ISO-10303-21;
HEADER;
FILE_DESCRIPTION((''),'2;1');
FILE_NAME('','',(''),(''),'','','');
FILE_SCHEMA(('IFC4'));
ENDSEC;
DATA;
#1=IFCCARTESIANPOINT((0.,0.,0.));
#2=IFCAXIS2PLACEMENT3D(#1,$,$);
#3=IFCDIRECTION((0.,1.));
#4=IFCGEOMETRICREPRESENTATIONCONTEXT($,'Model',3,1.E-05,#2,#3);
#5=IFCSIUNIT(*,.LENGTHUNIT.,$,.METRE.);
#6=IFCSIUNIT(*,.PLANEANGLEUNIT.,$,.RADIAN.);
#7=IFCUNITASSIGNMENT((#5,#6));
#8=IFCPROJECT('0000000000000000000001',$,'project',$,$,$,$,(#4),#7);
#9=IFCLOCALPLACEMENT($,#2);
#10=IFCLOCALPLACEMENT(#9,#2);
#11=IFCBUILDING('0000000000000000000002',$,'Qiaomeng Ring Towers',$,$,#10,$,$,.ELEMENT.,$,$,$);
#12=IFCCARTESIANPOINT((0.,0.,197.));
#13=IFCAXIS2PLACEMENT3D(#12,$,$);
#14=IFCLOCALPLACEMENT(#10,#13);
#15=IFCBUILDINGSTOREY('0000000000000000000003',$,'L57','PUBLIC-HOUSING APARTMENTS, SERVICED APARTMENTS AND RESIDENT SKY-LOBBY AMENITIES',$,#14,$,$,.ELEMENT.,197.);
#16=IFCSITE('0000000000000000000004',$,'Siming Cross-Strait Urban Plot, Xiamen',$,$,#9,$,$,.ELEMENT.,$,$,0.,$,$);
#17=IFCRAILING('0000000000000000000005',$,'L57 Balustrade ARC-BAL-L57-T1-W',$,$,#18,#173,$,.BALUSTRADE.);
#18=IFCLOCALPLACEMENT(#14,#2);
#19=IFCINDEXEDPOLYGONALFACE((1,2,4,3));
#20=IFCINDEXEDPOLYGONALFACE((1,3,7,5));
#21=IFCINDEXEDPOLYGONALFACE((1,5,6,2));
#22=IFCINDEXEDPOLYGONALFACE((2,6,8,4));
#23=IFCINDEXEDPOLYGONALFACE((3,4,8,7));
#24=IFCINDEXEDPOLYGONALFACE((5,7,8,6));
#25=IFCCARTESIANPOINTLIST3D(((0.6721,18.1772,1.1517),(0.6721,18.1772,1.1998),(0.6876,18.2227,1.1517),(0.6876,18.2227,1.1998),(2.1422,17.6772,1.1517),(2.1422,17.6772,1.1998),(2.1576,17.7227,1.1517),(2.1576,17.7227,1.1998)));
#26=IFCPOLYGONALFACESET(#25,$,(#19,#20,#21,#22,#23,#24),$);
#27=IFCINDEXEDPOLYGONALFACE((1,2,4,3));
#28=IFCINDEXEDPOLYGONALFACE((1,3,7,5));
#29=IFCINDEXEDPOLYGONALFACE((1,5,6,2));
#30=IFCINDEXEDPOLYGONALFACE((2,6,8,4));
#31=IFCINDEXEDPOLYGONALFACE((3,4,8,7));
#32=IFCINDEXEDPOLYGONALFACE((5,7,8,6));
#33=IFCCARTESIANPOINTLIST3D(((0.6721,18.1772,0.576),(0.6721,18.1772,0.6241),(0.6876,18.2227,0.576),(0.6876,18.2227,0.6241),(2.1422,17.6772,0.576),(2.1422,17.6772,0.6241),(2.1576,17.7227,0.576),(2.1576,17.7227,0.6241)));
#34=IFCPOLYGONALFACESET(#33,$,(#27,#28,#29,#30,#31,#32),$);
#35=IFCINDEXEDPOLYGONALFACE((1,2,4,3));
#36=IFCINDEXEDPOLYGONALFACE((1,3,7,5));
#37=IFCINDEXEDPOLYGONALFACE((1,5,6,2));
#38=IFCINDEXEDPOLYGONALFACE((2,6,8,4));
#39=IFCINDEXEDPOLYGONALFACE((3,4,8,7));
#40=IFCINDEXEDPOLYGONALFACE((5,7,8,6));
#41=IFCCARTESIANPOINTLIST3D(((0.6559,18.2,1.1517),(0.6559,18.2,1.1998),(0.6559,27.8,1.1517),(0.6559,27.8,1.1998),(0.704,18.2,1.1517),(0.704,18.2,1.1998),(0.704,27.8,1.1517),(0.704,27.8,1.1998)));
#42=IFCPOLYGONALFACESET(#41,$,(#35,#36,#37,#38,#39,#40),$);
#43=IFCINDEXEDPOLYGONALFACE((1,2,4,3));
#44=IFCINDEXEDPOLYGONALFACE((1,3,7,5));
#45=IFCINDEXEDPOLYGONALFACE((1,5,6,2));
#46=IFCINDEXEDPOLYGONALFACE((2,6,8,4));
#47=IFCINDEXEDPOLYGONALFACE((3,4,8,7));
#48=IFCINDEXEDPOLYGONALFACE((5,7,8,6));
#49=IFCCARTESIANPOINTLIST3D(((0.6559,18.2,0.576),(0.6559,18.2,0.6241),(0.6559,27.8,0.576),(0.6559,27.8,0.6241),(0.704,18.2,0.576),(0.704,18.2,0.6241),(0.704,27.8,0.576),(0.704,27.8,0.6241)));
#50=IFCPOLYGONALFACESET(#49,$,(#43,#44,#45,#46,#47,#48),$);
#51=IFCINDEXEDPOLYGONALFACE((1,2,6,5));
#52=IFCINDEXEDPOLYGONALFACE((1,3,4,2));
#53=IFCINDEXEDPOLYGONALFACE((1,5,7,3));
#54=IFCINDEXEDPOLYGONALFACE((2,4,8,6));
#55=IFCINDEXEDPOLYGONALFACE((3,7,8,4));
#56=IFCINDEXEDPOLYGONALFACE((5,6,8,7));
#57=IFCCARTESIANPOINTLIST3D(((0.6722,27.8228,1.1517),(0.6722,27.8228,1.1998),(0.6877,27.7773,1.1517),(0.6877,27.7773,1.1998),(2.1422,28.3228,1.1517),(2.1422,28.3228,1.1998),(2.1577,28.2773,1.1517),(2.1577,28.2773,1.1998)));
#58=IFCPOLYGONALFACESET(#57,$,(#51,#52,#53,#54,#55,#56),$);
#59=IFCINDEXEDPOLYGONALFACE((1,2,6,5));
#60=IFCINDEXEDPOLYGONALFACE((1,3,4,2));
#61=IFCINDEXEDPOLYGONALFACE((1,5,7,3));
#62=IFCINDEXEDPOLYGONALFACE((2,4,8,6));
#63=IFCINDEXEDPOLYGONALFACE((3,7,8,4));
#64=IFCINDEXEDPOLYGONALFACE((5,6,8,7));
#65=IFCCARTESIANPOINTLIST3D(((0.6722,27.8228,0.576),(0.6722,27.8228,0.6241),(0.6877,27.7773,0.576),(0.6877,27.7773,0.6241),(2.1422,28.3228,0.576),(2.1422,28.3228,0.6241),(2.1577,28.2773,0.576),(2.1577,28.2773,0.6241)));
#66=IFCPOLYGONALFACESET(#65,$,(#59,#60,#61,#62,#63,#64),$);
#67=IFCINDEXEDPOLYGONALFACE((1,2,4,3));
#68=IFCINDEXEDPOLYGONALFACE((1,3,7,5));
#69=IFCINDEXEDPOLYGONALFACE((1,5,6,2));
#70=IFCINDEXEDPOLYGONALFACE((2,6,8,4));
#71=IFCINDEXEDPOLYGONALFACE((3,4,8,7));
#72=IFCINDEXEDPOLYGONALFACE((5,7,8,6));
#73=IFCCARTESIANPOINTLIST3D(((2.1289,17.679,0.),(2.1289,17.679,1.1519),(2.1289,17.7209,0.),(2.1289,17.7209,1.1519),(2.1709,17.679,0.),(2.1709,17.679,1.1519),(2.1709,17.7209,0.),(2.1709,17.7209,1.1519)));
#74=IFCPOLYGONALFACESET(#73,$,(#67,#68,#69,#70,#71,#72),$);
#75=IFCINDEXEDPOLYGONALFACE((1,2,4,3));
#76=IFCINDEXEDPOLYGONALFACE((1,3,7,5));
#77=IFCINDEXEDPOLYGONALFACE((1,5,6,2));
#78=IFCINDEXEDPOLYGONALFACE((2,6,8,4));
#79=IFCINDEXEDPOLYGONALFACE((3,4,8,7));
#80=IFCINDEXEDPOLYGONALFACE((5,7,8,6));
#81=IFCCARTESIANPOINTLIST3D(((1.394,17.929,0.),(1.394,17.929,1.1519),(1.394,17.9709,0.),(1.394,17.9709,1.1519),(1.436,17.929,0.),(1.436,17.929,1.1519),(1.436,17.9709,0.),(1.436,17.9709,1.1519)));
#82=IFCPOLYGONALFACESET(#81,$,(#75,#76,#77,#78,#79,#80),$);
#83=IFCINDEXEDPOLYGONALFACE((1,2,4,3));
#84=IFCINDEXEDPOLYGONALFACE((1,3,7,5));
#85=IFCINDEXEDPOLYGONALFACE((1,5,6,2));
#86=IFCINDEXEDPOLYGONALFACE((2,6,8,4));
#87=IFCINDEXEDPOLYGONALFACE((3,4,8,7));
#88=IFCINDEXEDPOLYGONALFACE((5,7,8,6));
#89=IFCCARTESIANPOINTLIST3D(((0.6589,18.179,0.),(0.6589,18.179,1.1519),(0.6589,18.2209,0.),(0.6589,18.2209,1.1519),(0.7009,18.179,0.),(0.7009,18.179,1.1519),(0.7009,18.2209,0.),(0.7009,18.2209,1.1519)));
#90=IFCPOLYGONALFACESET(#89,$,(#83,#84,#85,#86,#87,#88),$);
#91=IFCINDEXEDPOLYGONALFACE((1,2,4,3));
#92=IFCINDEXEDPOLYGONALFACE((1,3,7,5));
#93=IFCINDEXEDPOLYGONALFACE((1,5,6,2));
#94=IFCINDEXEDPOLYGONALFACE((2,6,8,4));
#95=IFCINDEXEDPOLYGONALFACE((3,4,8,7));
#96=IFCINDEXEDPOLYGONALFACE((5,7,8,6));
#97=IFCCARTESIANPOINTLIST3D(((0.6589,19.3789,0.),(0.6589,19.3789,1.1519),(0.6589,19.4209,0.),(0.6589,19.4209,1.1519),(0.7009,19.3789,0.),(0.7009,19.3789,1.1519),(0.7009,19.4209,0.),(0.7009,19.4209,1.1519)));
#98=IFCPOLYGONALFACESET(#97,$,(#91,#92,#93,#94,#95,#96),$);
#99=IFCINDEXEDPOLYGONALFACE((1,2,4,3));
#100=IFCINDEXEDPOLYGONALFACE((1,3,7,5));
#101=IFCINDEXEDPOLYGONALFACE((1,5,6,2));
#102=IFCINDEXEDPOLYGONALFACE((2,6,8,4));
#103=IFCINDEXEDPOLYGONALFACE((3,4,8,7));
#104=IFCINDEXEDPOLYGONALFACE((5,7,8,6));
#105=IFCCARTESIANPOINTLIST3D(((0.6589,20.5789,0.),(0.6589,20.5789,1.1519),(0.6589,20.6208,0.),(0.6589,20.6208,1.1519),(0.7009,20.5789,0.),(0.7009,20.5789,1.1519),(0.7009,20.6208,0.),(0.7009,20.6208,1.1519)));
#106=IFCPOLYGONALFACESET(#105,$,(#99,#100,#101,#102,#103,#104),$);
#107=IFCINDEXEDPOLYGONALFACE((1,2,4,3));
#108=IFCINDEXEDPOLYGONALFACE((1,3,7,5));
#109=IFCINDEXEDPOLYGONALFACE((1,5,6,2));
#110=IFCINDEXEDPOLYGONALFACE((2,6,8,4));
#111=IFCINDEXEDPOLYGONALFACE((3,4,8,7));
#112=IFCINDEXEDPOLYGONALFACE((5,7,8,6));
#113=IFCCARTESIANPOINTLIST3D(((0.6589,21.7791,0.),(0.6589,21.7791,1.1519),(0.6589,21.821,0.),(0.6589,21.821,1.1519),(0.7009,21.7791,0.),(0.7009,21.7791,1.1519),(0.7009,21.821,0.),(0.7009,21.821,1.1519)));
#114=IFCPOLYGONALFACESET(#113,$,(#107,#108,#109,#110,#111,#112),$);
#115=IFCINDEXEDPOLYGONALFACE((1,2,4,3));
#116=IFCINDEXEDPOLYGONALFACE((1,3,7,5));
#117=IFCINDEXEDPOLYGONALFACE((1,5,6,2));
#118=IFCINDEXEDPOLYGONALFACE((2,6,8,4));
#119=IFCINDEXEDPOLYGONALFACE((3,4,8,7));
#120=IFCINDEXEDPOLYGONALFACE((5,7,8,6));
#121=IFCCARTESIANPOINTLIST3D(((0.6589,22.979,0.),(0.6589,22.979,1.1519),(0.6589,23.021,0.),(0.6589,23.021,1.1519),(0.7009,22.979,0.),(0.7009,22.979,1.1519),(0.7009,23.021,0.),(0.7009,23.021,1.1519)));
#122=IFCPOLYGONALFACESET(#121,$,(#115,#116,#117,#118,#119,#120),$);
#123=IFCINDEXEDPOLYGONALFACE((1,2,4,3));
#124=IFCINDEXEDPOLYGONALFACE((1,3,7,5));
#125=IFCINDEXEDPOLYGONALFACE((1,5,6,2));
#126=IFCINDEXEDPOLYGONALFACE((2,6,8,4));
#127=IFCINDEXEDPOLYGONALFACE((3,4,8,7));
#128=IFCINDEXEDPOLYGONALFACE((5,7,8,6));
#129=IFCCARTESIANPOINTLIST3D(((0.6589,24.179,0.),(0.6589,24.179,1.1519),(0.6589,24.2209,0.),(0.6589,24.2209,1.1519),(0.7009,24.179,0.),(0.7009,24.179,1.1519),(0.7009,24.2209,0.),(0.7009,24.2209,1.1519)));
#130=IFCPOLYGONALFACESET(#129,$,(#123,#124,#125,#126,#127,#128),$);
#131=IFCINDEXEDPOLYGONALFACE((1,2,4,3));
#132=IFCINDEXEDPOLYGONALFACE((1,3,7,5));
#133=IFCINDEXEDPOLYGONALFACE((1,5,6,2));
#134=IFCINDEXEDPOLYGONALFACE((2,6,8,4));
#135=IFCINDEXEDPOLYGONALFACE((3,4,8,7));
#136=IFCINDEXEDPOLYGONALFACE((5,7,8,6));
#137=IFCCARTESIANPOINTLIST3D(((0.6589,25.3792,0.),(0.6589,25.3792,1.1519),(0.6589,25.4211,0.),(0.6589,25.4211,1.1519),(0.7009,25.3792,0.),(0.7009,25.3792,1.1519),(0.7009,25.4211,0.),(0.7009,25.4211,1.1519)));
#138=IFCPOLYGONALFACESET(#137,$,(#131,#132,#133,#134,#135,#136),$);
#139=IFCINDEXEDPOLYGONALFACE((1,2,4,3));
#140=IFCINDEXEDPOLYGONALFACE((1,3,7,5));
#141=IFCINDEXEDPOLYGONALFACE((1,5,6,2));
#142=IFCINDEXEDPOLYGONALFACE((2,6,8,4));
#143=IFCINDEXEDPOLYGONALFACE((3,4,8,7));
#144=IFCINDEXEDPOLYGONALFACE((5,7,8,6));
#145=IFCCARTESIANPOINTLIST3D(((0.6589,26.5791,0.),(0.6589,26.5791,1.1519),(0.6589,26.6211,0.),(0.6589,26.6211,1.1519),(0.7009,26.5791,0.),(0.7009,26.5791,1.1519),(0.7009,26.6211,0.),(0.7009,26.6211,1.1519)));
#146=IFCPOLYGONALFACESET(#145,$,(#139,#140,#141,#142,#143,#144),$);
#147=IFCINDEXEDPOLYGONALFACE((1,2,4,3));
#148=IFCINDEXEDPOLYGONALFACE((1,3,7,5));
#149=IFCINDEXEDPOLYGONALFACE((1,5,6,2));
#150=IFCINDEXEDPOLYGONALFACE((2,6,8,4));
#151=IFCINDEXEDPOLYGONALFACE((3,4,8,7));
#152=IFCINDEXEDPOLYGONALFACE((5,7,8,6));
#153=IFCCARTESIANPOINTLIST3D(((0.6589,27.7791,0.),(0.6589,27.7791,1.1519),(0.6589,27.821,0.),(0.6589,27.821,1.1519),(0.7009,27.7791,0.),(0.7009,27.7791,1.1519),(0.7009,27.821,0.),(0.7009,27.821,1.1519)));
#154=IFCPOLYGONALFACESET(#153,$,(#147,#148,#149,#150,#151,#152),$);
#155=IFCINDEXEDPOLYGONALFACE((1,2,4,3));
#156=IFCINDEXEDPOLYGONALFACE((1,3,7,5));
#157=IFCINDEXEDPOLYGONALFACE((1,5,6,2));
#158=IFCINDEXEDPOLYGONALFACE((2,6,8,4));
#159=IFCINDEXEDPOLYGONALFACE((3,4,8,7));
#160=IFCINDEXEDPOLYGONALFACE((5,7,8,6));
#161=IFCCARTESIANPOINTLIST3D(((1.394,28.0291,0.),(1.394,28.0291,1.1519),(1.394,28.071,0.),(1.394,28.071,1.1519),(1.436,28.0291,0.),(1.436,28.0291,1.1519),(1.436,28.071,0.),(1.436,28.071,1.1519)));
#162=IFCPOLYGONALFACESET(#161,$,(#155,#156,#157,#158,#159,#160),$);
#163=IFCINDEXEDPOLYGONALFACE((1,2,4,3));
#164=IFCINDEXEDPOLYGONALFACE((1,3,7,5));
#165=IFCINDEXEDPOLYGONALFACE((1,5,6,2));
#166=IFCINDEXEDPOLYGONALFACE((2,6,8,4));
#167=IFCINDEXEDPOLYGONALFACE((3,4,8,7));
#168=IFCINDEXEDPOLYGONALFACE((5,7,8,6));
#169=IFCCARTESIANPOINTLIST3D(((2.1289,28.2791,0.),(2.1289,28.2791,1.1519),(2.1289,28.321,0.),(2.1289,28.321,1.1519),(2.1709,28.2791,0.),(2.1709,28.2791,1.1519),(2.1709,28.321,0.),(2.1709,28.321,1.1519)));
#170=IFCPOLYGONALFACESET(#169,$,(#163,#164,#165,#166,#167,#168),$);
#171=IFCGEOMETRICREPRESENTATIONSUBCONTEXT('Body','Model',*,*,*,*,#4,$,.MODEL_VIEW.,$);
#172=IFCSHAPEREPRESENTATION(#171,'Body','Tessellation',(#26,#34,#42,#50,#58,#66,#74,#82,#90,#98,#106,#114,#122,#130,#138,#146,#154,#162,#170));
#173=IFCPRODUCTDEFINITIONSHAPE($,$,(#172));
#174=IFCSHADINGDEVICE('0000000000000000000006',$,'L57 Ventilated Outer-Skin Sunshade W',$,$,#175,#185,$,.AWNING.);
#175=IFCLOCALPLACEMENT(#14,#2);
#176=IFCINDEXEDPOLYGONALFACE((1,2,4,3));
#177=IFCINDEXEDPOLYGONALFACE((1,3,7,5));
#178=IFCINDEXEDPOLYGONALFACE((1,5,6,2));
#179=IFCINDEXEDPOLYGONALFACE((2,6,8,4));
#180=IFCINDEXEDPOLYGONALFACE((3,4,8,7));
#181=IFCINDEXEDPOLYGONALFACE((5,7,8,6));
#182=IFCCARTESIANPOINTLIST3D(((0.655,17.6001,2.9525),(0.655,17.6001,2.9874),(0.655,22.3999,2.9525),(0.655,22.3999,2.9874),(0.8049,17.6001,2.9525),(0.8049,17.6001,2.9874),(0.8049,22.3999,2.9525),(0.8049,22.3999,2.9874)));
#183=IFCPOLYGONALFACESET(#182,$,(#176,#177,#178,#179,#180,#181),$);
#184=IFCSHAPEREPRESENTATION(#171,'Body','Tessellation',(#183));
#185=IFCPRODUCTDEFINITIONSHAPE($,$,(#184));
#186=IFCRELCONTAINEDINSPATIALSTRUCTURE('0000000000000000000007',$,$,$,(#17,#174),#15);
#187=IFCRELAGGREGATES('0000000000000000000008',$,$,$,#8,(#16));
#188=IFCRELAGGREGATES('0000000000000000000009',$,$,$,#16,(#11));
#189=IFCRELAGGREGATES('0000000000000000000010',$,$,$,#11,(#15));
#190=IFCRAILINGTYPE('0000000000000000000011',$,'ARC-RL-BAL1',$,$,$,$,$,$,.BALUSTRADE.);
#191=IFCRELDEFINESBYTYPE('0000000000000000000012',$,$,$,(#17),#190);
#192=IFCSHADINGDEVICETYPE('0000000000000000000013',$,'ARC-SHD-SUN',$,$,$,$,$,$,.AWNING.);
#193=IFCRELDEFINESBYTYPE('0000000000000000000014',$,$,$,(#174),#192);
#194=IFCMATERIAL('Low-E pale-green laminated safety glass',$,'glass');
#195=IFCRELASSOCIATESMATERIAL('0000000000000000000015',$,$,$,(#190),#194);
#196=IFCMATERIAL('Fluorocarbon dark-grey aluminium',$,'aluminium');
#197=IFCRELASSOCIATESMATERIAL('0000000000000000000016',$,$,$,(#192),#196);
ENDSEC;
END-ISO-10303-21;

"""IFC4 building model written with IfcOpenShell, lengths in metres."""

from ifc_helpers import new_model, si_unit, direction, frame, origin, origin_2d, place, context, subcontext, project, spatial, rectangle, extrude, source, transform, mapped, material, material_profile, profile_set, type_object, element, save


model = new_model("IFC4")

# Units and contexts
model_context = context("Model", 3, precision=1e-05, world=origin(), true_north=direction((0.0, 1.0)))
body_context = subcontext(model_context, "Body", "Model", "MODEL_VIEW")
ifc_project = project(units=[si_unit("LENGTHUNIT", "METRE"), si_unit("PLANEANGLEUNIT", "RADIAN")], contexts=[model_context])

# Site, building, storey
site_placement = place(None, origin())
site = spatial("IfcSite", under=ifc_project, at=site_placement, Name="Siming Cross-Strait Urban Plot, Xiamen", CompositionType="ELEMENT", RefElevation=0.0)
building_placement = place(site_placement, origin())
building = spatial("IfcBuilding", under=site, at=building_placement, Name="Qiaomeng Ring Towers", CompositionType="ELEMENT")
storey_placement = place(building_placement, frame((0.0, 0.0, 197.0)))
storey = spatial("IfcBuildingStorey", under=building, at=storey_placement, Name="L57", Description="PUBLIC-HOUSING APARTMENTS, SERVICED APARTMENTS AND RESIDENT SKY-LOBBY AMENITIES", CompositionType="ELEMENT", Elevation=197.0)

# Railing
ifc_material_1 = material(Name="Low-E pale-green laminated safety glass", Category="glass")
railing_type = type_object("IfcRailingType", Name="ARC-RL-BAL1", PredefinedType="BALUSTRADE", material=ifc_material_1)
railing_placement = place(storey_placement, frame((2.1499, 17.7, 0.0)))
element("IfcRailing", 1, at=railing_placement, inside=storey, type_object=railing_type, Name="L57 Balustrade ARC-BAL-L57-T1-W", PredefinedType="BALUSTRADE", context=body_context, shape_type="SweptSolid", body=[
    extrude(rectangle(XDim=0.0481, YDim=0.0481, at=origin_2d()), frame((0.0, 0.0, 1.1758), z_axis=(-0.946732, 0.322024, 0.0), x_axis=(-0.322024, -0.946732, 0.0)), (0.0, 0.0, 1.0), 1.5527),
    extrude(rectangle(XDim=0.0481, YDim=0.0481, at=origin_2d()), frame((0.0, 0.0, 0.6001), z_axis=(-0.946732, 0.322024, 0.0), x_axis=(-0.322024, -0.946732, 0.0)), (0.0, 0.0, 1.0), 1.5527),
    extrude(rectangle(XDim=0.0481, YDim=0.0481, at=origin_2d()), frame((-1.47, 0.5, 1.1758), z_axis=(0.0, 1.0, 0.0), x_axis=(-1.0, 0.0, 0.0)), (0.0, 0.0, 1.0), 9.6001),
    extrude(rectangle(XDim=0.0481, YDim=0.0481, at=origin_2d()), frame((-1.47, 0.5, 0.6001), z_axis=(0.0, 1.0, 0.0), x_axis=(-1.0, 0.0, 0.0)), (0.0, 0.0, 1.0), 9.6001),
    extrude(rectangle(XDim=0.0481, YDim=0.0481, at=origin_2d()), frame((-1.47, 10.1001, 1.1758), z_axis=(0.946732, 0.322024, 0.0), x_axis=(-0.322024, 0.946732, 0.0)), (0.0, 0.0, 1.0), 1.5527),
    extrude(rectangle(XDim=0.0481, YDim=0.0481, at=origin_2d()), frame((-1.47, 10.1001, 0.6001), z_axis=(0.946732, 0.322024, 0.0), x_axis=(-0.322024, 0.946732, 0.0)), (0.0, 0.0, 1.0), 1.5527),
    extrude(rectangle(XDim=0.042, YDim=0.042, at=origin_2d()), origin(), (0.0, 0.0, 1.0), 1.1519),
    extrude(rectangle(XDim=0.042, YDim=0.042, at=origin_2d()), frame((-0.7349, 0.25, 0.0)), (0.0, 0.0, 1.0), 1.1519),
    extrude(rectangle(XDim=0.042, YDim=0.042, at=origin_2d()), frame((-1.47, 0.5, 0.0)), (0.0, 0.0, 1.0), 1.1519),
    extrude(rectangle(XDim=0.042, YDim=0.042, at=origin_2d()), frame((-1.47, 1.7, 0.0)), (0.0, 0.0, 1.0), 1.1519),
    extrude(rectangle(XDim=0.042, YDim=0.042, at=origin_2d()), frame((-1.47, 2.8999, 0.0)), (0.0, 0.0, 1.0), 1.1519),
    extrude(rectangle(XDim=0.042, YDim=0.042, at=origin_2d()), frame((-1.47, 4.1001, 0.0)), (0.0, 0.0, 1.0), 1.1519),
    extrude(rectangle(XDim=0.042, YDim=0.042, at=origin_2d()), frame((-1.47, 5.3, 0.0)), (0.0, 0.0, 1.0), 1.1519),
    extrude(rectangle(XDim=0.042, YDim=0.042, at=origin_2d()), frame((-1.47, 6.5, 0.0)), (0.0, 0.0, 1.0), 1.1519),
    extrude(rectangle(XDim=0.042, YDim=0.042, at=origin_2d()), frame((-1.47, 7.7002, 0.0)), (0.0, 0.0, 1.0), 1.1519),
    extrude(rectangle(XDim=0.042, YDim=0.042, at=origin_2d()), frame((-1.47, 8.9001, 0.0)), (0.0, 0.0, 1.0), 1.1519),
    extrude(rectangle(XDim=0.042, YDim=0.042, at=origin_2d()), frame((-1.47, 10.1001, 0.0)), (0.0, 0.0, 1.0), 1.1519),
    extrude(rectangle(XDim=0.042, YDim=0.042, at=origin_2d()), frame((-0.7349, 10.3501, 0.0)), (0.0, 0.0, 1.0), 1.1519),
    extrude(rectangle(XDim=0.042, YDim=0.042, at=origin_2d()), frame((0.0, 10.6001, 0.0)), (0.0, 0.0, 1.0), 1.1519),
])

# Shading device
ifc_material_2 = material(Name="Fluorocarbon dark-grey aluminium", Category="aluminium")
ifc_material_profile_1 = material_profile(ifc_material_2, rectangle(XDim=0.1499, YDim=0.0349, at=origin_2d()), Name="LV BLADE 150x35")
ifc_profile_set_1 = profile_set([ifc_material_profile_1], Name="Fluorocarbon dark-grey aluminium")
shading_device_type = type_object("IfcShadingDeviceType", Name="ARC-SHD-SUN", PredefinedType="AWNING", material=ifc_profile_set_1)
shared_shape_1 = source(origin(), body_context, "Body", "SweptSolid", [
    extrude(rectangle(XDim=0.1499, YDim=0.0349, at=origin_2d()), origin(), (0.0, 0.0, 1.0), 4.7998),
])
shading_device_placement = place(storey_placement, frame((0.73, 17.6001, 2.97), z_axis=(0.0, 1.0, 0.0), x_axis=(-1.0, 0.0, 0.0)))
element("IfcShadingDevice", 2, at=shading_device_placement, inside=storey, type_object=shading_device_type, Name="L57 Ventilated Outer-Skin Sunshade W", PredefinedType="AWNING", context=body_context, shape_type="MappedRepresentation", body=[
    mapped(shared_shape_1, transform((0.0, 0.0, 0.0), x_axis=(1.0, 0.0, 0.0), y_axis=(0.0, 1.0, 0.0), z_axis=(0.0, 0.0, 1.0), scale=1.0)),
])

save(model, "model.ifc")
